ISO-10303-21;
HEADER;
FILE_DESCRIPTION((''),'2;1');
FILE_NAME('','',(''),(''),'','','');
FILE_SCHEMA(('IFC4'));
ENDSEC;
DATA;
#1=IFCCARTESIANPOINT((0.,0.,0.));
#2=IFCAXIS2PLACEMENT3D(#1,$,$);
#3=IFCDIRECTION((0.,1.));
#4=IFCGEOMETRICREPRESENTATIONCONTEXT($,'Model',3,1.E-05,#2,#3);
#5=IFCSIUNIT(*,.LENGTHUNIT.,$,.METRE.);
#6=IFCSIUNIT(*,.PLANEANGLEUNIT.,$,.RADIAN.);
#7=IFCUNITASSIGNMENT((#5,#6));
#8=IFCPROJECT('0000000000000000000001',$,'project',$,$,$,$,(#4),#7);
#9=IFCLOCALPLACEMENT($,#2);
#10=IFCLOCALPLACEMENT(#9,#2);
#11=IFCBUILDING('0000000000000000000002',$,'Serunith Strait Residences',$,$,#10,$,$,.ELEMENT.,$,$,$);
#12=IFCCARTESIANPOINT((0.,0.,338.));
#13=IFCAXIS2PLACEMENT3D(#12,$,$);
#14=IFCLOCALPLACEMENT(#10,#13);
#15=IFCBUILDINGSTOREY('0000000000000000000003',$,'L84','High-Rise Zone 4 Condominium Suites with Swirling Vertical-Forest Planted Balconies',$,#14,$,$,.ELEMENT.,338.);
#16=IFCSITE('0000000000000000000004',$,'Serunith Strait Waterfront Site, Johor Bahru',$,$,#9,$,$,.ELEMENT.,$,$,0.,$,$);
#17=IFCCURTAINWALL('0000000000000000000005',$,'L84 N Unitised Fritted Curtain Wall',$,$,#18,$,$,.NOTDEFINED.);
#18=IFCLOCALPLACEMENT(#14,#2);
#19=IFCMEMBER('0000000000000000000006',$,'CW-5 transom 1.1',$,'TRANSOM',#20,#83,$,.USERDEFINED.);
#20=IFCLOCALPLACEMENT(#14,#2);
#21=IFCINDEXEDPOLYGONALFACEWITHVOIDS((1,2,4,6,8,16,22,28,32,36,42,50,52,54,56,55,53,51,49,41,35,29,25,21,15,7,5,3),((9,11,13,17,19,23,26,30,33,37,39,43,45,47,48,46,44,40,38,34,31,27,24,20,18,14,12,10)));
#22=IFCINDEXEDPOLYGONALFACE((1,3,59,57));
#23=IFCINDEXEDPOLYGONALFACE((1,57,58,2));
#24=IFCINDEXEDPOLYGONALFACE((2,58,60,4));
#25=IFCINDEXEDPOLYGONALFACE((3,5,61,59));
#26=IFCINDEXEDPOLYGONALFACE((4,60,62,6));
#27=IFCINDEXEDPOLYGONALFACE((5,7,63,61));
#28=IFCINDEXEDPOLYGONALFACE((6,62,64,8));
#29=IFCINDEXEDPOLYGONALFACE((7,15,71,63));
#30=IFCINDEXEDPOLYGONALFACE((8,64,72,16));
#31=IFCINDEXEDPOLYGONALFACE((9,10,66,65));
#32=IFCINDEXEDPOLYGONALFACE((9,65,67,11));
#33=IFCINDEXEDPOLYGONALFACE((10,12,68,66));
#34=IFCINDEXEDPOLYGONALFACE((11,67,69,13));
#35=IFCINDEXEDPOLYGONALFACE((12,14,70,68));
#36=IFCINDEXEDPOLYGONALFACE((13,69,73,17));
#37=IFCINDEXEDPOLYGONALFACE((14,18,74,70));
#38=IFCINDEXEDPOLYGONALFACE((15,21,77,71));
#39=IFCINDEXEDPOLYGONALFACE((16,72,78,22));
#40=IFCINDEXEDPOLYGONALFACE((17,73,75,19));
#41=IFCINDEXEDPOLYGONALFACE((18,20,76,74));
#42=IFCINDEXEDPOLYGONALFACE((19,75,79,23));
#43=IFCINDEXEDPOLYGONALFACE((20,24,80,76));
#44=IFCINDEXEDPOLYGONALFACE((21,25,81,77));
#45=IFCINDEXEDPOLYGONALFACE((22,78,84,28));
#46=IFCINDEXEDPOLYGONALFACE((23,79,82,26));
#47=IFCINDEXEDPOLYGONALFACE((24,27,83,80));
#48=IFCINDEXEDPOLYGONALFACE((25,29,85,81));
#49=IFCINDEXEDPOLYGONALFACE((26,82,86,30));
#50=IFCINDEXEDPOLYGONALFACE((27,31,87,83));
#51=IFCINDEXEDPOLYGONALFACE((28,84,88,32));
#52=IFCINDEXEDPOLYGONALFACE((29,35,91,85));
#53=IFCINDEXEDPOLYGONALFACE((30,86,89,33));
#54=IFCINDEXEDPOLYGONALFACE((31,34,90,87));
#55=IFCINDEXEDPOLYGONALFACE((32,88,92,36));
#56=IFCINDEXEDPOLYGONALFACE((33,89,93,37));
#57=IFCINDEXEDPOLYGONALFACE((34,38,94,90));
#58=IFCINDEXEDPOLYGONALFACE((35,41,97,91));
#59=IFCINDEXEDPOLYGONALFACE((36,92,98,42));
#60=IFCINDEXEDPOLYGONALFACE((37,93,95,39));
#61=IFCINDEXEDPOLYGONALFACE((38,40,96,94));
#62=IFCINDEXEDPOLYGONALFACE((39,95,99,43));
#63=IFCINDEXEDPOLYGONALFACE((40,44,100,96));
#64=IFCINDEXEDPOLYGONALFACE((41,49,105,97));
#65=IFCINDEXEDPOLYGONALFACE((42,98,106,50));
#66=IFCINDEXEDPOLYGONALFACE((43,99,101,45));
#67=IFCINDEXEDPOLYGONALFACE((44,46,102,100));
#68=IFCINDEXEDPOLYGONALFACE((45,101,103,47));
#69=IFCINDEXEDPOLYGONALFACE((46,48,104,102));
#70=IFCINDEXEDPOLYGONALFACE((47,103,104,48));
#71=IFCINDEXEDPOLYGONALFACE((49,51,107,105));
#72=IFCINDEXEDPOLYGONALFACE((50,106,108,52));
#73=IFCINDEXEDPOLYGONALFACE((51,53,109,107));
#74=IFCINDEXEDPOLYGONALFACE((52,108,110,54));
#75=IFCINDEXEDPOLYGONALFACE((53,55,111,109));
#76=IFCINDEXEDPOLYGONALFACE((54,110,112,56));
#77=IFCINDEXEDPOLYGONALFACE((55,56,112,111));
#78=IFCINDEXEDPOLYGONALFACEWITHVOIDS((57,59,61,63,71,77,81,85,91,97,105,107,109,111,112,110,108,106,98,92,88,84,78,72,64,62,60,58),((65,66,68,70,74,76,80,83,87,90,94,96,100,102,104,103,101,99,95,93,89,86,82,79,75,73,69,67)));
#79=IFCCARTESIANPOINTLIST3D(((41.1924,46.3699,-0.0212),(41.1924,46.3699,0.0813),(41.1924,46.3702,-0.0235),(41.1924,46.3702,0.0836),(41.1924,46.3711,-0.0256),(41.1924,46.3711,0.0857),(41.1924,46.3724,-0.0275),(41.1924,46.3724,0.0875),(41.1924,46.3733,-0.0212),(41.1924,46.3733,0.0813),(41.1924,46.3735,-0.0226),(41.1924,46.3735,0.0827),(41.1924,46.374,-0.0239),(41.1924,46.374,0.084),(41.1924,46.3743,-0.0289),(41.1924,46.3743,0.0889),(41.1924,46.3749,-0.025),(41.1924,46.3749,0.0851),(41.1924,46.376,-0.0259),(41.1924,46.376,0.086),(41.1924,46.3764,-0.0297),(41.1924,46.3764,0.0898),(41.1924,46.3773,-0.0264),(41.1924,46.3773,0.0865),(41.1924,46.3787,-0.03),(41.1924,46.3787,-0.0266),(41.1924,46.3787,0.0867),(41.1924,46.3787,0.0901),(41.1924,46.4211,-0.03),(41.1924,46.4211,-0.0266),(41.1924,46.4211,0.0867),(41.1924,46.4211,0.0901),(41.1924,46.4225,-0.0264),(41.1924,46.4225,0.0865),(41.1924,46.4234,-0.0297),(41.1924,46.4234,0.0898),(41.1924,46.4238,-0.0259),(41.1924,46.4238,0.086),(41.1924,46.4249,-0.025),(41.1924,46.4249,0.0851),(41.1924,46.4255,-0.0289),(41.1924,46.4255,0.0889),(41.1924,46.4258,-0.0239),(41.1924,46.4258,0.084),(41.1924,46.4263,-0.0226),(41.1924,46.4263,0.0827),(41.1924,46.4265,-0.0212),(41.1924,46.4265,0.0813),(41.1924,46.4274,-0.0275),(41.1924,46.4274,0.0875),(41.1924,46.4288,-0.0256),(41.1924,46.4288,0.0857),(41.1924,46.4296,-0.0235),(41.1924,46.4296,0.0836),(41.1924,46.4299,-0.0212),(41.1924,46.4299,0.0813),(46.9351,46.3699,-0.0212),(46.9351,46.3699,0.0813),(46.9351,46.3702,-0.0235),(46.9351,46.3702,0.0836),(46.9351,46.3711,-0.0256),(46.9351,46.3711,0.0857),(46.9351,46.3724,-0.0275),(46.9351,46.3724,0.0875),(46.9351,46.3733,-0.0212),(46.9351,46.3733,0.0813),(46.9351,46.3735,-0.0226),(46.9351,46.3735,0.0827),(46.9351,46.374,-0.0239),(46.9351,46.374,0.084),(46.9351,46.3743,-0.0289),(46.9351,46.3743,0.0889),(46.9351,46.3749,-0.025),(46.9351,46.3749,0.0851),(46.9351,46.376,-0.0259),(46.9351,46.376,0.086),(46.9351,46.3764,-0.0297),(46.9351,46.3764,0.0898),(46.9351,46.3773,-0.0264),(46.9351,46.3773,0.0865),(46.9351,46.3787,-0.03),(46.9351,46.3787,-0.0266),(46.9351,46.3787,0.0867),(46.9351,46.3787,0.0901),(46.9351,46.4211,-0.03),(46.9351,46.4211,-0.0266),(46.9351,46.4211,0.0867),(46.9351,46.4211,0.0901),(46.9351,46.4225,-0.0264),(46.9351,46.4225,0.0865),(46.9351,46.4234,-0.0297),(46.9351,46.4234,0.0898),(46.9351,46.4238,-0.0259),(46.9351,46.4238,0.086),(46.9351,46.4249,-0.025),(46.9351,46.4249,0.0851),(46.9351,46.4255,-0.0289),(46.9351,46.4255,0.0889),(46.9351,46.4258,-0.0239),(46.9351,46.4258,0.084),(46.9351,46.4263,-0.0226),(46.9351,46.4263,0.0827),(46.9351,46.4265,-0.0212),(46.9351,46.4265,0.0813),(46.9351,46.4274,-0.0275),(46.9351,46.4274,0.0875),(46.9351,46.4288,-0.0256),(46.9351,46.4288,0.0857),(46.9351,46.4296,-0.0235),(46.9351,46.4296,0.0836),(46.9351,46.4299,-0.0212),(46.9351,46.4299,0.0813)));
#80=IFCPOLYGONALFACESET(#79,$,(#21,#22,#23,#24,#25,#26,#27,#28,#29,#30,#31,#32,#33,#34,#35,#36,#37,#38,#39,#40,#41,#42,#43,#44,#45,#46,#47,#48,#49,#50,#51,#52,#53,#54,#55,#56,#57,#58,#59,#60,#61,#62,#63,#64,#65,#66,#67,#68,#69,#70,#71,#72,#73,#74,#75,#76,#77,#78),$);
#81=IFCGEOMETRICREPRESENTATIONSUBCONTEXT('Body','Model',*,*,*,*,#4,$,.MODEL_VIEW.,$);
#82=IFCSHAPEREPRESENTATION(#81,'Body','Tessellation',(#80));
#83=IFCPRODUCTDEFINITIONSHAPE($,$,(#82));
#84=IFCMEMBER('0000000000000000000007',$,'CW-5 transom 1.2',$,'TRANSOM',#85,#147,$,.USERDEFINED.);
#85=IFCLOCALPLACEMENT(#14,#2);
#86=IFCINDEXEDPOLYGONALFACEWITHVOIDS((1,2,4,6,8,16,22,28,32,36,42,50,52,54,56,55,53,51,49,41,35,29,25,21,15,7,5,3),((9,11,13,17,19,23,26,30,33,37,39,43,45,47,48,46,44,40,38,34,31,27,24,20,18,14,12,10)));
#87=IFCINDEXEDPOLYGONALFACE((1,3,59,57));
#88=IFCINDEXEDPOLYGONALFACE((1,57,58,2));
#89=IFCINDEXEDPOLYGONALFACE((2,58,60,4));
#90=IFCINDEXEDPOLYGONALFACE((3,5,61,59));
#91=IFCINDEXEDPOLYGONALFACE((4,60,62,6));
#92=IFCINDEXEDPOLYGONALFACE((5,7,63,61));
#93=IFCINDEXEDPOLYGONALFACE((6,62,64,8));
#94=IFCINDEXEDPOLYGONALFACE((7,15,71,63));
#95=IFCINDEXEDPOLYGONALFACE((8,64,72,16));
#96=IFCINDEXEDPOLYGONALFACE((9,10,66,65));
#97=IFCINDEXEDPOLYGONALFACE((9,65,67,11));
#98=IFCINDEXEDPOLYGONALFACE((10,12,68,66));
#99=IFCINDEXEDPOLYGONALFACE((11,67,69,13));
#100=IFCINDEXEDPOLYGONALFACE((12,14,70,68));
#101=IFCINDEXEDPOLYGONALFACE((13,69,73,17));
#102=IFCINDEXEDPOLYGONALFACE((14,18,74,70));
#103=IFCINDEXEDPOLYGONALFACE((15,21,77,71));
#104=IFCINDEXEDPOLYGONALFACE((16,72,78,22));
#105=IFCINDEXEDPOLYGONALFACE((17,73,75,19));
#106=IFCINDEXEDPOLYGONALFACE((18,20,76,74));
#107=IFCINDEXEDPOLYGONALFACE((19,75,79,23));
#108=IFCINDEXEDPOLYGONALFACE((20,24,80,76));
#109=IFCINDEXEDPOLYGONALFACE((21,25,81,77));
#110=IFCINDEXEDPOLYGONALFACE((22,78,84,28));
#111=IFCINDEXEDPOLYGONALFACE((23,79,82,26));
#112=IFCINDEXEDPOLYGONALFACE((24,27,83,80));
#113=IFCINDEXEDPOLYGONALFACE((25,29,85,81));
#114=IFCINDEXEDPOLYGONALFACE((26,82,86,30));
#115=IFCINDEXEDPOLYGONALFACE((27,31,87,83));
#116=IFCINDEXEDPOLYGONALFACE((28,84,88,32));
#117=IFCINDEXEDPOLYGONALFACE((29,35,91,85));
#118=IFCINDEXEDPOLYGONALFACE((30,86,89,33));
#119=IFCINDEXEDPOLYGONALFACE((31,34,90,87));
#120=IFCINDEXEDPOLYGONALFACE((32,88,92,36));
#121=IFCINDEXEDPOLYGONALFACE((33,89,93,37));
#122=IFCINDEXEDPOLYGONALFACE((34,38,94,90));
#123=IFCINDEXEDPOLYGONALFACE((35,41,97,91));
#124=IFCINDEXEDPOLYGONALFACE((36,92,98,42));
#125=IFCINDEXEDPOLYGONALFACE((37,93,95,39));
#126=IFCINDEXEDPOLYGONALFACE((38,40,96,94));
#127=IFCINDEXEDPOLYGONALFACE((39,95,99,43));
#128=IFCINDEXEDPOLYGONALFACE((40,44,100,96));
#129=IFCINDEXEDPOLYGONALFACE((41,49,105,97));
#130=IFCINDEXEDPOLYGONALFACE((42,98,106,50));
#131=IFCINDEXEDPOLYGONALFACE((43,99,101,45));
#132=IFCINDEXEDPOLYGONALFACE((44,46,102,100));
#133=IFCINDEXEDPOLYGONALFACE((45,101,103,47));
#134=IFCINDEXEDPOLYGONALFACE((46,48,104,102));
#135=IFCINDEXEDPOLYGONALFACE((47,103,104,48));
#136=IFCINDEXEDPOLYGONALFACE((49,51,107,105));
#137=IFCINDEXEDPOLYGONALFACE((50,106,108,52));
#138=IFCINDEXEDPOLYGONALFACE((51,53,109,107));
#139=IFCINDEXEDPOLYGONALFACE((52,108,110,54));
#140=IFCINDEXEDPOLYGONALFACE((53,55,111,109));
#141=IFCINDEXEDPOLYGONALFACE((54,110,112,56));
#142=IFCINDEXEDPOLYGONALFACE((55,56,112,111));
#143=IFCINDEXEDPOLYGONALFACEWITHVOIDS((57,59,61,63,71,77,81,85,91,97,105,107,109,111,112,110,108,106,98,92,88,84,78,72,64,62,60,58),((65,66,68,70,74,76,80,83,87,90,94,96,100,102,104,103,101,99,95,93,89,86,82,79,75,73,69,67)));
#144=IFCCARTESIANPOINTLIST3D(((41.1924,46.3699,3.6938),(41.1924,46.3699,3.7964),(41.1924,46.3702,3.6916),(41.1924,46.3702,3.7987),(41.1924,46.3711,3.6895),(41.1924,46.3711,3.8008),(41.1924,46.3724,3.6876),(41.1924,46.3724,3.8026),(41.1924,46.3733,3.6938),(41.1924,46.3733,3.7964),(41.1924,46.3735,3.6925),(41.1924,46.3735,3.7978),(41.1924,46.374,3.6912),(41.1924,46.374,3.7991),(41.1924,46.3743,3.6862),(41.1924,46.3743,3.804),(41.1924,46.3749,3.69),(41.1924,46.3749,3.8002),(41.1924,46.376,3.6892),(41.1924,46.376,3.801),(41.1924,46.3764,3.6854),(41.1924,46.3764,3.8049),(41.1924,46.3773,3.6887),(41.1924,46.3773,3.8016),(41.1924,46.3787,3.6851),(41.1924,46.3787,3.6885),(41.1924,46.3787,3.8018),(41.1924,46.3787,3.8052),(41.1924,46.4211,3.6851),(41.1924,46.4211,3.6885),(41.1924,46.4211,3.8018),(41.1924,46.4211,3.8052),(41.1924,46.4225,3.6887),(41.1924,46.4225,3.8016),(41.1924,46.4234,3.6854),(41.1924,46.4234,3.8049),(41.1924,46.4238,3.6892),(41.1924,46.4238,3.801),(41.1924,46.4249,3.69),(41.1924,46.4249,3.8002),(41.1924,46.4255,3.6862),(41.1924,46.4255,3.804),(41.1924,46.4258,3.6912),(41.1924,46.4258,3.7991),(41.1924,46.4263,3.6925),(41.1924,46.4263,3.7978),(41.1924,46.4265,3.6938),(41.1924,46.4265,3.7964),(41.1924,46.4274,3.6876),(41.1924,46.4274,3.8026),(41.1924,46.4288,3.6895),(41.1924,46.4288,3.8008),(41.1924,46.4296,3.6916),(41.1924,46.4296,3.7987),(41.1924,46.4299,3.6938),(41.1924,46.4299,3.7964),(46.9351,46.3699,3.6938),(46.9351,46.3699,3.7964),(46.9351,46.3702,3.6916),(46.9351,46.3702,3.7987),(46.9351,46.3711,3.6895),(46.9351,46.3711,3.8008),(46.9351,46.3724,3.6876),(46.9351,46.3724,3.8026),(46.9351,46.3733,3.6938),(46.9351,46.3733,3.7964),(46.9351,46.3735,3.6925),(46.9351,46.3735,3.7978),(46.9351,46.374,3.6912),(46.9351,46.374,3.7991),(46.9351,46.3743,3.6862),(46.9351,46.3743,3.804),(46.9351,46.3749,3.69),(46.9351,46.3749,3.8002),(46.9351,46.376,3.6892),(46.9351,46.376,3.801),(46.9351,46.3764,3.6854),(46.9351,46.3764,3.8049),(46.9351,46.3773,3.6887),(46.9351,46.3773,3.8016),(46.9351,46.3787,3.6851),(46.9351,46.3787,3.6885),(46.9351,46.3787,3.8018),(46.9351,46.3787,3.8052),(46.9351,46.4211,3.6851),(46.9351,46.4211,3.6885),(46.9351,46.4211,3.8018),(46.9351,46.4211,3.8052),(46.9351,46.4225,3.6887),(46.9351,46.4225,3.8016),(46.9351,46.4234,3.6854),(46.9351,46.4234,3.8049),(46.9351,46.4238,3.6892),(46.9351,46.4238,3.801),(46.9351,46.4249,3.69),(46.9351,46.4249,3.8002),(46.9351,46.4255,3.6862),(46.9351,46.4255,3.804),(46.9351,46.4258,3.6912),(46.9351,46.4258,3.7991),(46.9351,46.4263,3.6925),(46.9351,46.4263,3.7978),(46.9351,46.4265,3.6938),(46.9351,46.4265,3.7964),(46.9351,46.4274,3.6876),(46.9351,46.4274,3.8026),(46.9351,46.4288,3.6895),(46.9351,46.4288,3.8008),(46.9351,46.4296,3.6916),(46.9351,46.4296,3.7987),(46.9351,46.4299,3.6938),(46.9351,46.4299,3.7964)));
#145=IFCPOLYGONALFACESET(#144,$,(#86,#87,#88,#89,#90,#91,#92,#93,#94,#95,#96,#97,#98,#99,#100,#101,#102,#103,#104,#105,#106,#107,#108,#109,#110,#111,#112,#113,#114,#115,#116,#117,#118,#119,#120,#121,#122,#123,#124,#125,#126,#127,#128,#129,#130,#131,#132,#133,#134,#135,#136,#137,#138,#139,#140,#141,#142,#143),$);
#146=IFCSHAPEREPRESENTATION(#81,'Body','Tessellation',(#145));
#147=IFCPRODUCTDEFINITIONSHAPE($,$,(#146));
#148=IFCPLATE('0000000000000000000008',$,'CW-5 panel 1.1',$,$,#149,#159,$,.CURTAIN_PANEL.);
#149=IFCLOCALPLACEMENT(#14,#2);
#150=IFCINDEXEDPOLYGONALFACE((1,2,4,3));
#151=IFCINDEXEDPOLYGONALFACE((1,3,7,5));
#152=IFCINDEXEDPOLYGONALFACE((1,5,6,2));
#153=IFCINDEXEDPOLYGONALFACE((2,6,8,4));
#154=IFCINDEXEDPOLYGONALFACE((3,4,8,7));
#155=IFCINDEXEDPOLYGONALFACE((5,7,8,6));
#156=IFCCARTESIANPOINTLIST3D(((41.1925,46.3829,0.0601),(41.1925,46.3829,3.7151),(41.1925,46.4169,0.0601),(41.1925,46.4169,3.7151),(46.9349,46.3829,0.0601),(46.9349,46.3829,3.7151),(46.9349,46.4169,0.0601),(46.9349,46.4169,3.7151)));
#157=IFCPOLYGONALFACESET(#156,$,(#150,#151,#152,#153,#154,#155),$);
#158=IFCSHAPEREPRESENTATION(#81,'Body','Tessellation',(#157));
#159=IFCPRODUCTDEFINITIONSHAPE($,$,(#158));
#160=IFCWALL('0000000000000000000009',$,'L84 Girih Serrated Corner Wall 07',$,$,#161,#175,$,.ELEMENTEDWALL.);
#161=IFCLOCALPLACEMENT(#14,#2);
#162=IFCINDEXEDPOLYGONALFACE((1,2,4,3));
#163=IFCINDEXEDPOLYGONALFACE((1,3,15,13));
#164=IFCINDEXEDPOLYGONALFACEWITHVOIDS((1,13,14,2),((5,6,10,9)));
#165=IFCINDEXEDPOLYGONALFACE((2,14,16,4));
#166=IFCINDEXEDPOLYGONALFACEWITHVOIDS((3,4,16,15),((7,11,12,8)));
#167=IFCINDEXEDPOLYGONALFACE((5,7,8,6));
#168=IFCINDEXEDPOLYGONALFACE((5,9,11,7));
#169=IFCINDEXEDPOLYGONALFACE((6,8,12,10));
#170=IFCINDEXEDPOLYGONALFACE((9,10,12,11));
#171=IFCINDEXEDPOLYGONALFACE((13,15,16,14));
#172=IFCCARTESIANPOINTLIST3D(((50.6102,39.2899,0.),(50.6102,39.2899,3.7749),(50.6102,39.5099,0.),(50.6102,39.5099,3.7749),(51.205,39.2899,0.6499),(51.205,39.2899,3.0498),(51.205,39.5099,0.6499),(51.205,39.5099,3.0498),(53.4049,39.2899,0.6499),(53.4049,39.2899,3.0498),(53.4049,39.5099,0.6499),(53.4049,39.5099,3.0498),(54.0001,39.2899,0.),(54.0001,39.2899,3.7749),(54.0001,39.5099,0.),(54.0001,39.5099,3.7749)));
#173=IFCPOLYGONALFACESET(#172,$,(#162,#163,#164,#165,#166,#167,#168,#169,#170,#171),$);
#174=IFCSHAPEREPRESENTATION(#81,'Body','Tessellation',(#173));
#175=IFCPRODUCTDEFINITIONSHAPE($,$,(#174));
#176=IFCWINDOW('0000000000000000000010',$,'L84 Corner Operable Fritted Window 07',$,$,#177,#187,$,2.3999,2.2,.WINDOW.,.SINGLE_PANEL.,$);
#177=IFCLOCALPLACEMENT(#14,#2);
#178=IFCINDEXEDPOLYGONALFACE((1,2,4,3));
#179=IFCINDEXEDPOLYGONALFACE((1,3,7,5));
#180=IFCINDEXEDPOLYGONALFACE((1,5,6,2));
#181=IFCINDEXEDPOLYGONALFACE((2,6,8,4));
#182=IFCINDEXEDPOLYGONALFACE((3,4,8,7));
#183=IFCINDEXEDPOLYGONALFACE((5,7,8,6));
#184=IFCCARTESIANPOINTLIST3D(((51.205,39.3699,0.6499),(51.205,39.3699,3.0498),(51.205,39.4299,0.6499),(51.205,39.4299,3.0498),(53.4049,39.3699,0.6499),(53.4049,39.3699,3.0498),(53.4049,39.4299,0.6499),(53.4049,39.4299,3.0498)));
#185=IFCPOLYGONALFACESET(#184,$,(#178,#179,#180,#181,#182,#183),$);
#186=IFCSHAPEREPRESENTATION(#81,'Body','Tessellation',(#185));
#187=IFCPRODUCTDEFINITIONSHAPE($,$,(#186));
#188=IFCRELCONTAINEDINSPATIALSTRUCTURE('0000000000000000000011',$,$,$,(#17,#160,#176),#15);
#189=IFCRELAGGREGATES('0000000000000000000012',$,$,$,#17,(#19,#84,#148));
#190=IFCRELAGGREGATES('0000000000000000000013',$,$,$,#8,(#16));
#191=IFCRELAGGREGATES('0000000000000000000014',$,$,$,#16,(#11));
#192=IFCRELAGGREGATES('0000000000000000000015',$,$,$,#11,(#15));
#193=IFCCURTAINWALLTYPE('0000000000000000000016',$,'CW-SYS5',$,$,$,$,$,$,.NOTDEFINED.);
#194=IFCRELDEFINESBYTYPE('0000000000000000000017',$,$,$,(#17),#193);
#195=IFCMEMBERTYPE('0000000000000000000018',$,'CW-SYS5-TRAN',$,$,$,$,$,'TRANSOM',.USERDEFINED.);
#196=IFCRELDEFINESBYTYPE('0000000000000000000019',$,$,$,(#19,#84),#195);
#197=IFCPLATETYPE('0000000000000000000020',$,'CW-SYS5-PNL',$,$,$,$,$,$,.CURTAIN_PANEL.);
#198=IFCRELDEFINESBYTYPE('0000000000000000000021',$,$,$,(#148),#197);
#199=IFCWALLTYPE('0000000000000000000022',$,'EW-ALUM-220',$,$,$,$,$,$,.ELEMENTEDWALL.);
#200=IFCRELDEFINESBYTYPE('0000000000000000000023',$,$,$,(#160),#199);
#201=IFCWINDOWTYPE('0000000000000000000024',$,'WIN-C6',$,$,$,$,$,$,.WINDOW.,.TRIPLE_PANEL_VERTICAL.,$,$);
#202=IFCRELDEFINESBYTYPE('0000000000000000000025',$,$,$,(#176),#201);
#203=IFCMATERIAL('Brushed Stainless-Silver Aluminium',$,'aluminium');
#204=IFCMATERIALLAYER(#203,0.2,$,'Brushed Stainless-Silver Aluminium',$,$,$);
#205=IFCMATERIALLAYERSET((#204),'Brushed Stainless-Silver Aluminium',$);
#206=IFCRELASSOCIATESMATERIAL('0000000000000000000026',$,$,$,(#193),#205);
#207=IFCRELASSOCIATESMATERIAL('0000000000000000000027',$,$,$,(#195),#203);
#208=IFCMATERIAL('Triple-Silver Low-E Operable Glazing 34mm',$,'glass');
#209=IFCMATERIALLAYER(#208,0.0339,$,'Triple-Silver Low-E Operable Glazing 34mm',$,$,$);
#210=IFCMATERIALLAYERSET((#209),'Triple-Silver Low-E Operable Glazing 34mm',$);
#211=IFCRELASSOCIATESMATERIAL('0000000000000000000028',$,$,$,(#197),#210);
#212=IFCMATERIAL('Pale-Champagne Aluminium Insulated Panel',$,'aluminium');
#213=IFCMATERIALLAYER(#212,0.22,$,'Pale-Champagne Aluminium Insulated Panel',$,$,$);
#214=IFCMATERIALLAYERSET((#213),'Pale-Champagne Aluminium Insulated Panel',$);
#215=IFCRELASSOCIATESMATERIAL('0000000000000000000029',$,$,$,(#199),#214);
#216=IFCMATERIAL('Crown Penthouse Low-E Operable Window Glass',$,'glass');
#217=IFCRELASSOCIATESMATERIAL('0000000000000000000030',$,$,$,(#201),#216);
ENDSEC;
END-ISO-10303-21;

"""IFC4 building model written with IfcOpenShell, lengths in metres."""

from ifc_helpers import new_model, si_unit, direction, frame, frame_2d, origin, origin_2d, place, context, subcontext, project, spatial, rectangle, hollow_rectangle, extrude, source, transform, mapped, material, layer, layer_set, material_profile, profile_set, type_object, element, fill, aggregate, save


model = new_model("IFC4")

# Units and contexts
model_context = context("Model", 3, precision=1e-05, world=origin(), true_north=direction((0.0, 1.0)))
body_context = subcontext(model_context, "Body", "Model", "MODEL_VIEW")
ifc_project = project(units=[si_unit("LENGTHUNIT", "METRE"), si_unit("PLANEANGLEUNIT", "RADIAN")], contexts=[model_context])

# Site, building, storey
site_placement = place(None, origin())
site = spatial("IfcSite", under=ifc_project, at=site_placement, Name="Serunith Strait Waterfront Site, Johor Bahru", CompositionType="ELEMENT", RefElevation=0.0)
building_placement = place(site_placement, origin())
building = spatial("IfcBuilding", under=site, at=building_placement, Name="Serunith Strait Residences", CompositionType="ELEMENT")
storey_placement = place(building_placement, frame((0.0, 0.0, 338.0)))
storey = spatial("IfcBuildingStorey", under=building, at=storey_placement, Name="L84", Description="High-Rise Zone 4 Condominium Suites with Swirling Vertical-Forest Planted Balconies", CompositionType="ELEMENT", Elevation=338.0)

# Shared definitions
ifc_material_1 = material(Name="Brushed Stainless-Silver Aluminium", Category="aluminium")
ifc_layer_1 = layer(ifc_material_1, 0.2, Name="Brushed Stainless-Silver Aluminium")
ifc_layer_set_1 = layer_set([ifc_layer_1], Name="Brushed Stainless-Silver Aluminium")
curtain_wall_type = type_object("IfcCurtainWallType", Name="CW-SYS5", PredefinedType="NOTDEFINED", material=ifc_layer_set_1)

# Curtain wall, members, plate
curtain_wall_1_placement = place(storey_placement, origin())
curtain_wall_1 = element("IfcCurtainWall", 1, at=curtain_wall_1_placement, inside=storey, type_object=curtain_wall_type, Name="L84 N Unitised Fritted Curtain Wall", PredefinedType="NOTDEFINED")
ifc_material_profile_1 = material_profile(ifc_material_1, hollow_rectangle(XDim=0.0601, YDim=0.1201, WallThickness=0.0034, InnerFilletRadius=0.0054, OuterFilletRadius=0.0088, at=origin_2d()), Name="ALU 120x60x3.5")
ifc_profile_set_1 = profile_set([ifc_material_profile_1], Name="Brushed Stainless-Silver Aluminium")
member_type_1 = type_object("IfcMemberType", Name="CW-SYS5-TRAN", ElementType="TRANSOM", PredefinedType="USERDEFINED", material=ifc_profile_set_1)
shared_shape_1 = source(origin(), body_context, "Body", "SweptSolid", [
    extrude(hollow_rectangle(XDim=0.0601, YDim=0.1201, WallThickness=0.0034, InnerFilletRadius=0.0054, OuterFilletRadius=0.0088, at=origin_2d()), origin(), (0.0, 0.0, 1.0), 5.7427),
])
member_1_placement = place(storey_placement, frame((46.9351, 46.3999, 0.03), z_axis=(-1.0, 0.0, 0.0), x_axis=(0.0, -1.0, 0.0)))
member_1 = element("IfcMember", 2, at=member_1_placement, type_object=member_type_1, Name="CW-5 transom 1.1", ObjectType="TRANSOM", PredefinedType="USERDEFINED", context=body_context, shape_type="MappedRepresentation", body=[
    mapped(shared_shape_1, transform((0.0, 0.0, 0.0), scale=1.0)),
])
member_2_placement = place(storey_placement, frame((46.9351, 46.3999, 3.7451), z_axis=(-1.0, 0.0, 0.0), x_axis=(0.0, -1.0, 0.0)))
member_2 = element("IfcMember", 3, at=member_2_placement, type_object=member_type_1, Name="CW-5 transom 1.2", ObjectType="TRANSOM", PredefinedType="USERDEFINED", context=body_context, shape_type="MappedRepresentation", body=[
    mapped(shared_shape_1, transform((0.0, 0.0, 0.0), scale=1.0)),
])
ifc_material_2 = material(Name="Triple-Silver Low-E Operable Glazing 34mm", Category="glass")
ifc_layer_2 = layer(ifc_material_2, 0.0339, Name="Triple-Silver Low-E Operable Glazing 34mm")
ifc_layer_set_2 = layer_set([ifc_layer_2], Name="Triple-Silver Low-E Operable Glazing 34mm")
plate_type = type_object("IfcPlateType", Name="CW-SYS5-PNL", PredefinedType="CURTAIN_PANEL", material=ifc_layer_set_2)
shared_shape_2 = source(origin(), body_context, "Body", "SweptSolid", [
    extrude(rectangle(XDim=5.7424, YDim=0.0339, at=origin_2d()), origin(), (0.0, 0.0, 1.0), 3.655),
])
plate_placement = place(storey_placement, frame((44.0637, 46.3999, 0.0601), z_axis=(0.0, 0.0, 1.0), x_axis=(-1.0, 0.0, 0.0)))
plate = element("IfcPlate", 4, at=plate_placement, type_object=plate_type, Name="CW-5 panel 1.1", PredefinedType="CURTAIN_PANEL", context=body_context, shape_type="MappedRepresentation", body=[
    mapped(shared_shape_2, transform((0.0, 0.0, 0.0), scale=1.0)),
])
aggregate(curtain_wall_1, [member_1, member_2, plate])

# Wall, opening, window
ifc_material_3 = material(Name="Pale-Champagne Aluminium Insulated Panel", Category="aluminium")
ifc_layer_3 = layer(ifc_material_3, 0.22, Name="Pale-Champagne Aluminium Insulated Panel")
ifc_layer_set_3 = layer_set([ifc_layer_3], Name="Pale-Champagne Aluminium Insulated Panel")
wall_type_1 = type_object("IfcWallType", Name="EW-ALUM-220", PredefinedType="ELEMENTEDWALL", material=ifc_layer_set_3)
wall_1_placement = place(storey_placement, frame((54.0, 39.3999, 0.0), z_axis=(0.0, 0.0, 1.0), x_axis=(-1.0, 0.0, 0.0)))
wall_1 = element("IfcWall", 5, at=wall_1_placement, inside=storey, type_object=wall_type_1, Name="L84 Girih Serrated Corner Wall 07", PredefinedType="ELEMENTEDWALL", context=body_context, shape_type="SweptSolid", body=[
    extrude(rectangle(XDim=3.3899, YDim=0.22, at=frame_2d((1.6948, 0.0))), origin(), (0.0, 0.0, 1.0), 3.7749),
])
opening_1_placement = place(wall_1_placement, frame((0.595, 0.0, 0.6499)))
opening_1 = element("IfcOpeningElement", 6, at=opening_1_placement, cuts=wall_1, PredefinedType="OPENING", context=body_context, shape_type="SweptSolid", body=[
    extrude(rectangle(XDim=2.2, YDim=2.3999, at=frame_2d((1.1001, 1.2))), frame((0.0, 0.1201, 0.0), z_axis=(0.0, -1.0, 0.0), x_axis=(1.0, 0.0, 0.0)), (0.0, 0.0, 1.0), 0.24),
])
ifc_material_4 = material(Name="Crown Penthouse Low-E Operable Window Glass", Category="glass")
window_type = type_object("IfcWindowType", Name="WIN-C6", PartitioningType="TRIPLE_PANEL_VERTICAL", PredefinedType="WINDOW", material=ifc_material_4)
shared_shape_3 = source(origin(), body_context, "Body", "SweptSolid", [
    extrude(rectangle(XDim=2.2, YDim=2.3999, at=frame_2d((1.1001, 1.2))), frame((0.0, 0.03, 0.0), z_axis=(0.0, -1.0, 0.0), x_axis=(1.0, 0.0, 0.0)), (0.0, 0.0, 1.0), 0.0601),
])
window_1_placement = place(opening_1_placement, origin())
window_1 = element("IfcWindow", 7, at=window_1_placement, inside=storey, type_object=window_type, Name="L84 Corner Operable Fritted Window 07", OverallHeight=2.3999, OverallWidth=2.2, PartitioningType="SINGLE_PANEL", PredefinedType="WINDOW", context=body_context, shape_type="MappedRepresentation", body=[
    mapped(shared_shape_3, transform((0.0, 0.0, 0.0), scale=1.0)),
])
fill(opening_1, window_1)

save(model, "model.ifc")
